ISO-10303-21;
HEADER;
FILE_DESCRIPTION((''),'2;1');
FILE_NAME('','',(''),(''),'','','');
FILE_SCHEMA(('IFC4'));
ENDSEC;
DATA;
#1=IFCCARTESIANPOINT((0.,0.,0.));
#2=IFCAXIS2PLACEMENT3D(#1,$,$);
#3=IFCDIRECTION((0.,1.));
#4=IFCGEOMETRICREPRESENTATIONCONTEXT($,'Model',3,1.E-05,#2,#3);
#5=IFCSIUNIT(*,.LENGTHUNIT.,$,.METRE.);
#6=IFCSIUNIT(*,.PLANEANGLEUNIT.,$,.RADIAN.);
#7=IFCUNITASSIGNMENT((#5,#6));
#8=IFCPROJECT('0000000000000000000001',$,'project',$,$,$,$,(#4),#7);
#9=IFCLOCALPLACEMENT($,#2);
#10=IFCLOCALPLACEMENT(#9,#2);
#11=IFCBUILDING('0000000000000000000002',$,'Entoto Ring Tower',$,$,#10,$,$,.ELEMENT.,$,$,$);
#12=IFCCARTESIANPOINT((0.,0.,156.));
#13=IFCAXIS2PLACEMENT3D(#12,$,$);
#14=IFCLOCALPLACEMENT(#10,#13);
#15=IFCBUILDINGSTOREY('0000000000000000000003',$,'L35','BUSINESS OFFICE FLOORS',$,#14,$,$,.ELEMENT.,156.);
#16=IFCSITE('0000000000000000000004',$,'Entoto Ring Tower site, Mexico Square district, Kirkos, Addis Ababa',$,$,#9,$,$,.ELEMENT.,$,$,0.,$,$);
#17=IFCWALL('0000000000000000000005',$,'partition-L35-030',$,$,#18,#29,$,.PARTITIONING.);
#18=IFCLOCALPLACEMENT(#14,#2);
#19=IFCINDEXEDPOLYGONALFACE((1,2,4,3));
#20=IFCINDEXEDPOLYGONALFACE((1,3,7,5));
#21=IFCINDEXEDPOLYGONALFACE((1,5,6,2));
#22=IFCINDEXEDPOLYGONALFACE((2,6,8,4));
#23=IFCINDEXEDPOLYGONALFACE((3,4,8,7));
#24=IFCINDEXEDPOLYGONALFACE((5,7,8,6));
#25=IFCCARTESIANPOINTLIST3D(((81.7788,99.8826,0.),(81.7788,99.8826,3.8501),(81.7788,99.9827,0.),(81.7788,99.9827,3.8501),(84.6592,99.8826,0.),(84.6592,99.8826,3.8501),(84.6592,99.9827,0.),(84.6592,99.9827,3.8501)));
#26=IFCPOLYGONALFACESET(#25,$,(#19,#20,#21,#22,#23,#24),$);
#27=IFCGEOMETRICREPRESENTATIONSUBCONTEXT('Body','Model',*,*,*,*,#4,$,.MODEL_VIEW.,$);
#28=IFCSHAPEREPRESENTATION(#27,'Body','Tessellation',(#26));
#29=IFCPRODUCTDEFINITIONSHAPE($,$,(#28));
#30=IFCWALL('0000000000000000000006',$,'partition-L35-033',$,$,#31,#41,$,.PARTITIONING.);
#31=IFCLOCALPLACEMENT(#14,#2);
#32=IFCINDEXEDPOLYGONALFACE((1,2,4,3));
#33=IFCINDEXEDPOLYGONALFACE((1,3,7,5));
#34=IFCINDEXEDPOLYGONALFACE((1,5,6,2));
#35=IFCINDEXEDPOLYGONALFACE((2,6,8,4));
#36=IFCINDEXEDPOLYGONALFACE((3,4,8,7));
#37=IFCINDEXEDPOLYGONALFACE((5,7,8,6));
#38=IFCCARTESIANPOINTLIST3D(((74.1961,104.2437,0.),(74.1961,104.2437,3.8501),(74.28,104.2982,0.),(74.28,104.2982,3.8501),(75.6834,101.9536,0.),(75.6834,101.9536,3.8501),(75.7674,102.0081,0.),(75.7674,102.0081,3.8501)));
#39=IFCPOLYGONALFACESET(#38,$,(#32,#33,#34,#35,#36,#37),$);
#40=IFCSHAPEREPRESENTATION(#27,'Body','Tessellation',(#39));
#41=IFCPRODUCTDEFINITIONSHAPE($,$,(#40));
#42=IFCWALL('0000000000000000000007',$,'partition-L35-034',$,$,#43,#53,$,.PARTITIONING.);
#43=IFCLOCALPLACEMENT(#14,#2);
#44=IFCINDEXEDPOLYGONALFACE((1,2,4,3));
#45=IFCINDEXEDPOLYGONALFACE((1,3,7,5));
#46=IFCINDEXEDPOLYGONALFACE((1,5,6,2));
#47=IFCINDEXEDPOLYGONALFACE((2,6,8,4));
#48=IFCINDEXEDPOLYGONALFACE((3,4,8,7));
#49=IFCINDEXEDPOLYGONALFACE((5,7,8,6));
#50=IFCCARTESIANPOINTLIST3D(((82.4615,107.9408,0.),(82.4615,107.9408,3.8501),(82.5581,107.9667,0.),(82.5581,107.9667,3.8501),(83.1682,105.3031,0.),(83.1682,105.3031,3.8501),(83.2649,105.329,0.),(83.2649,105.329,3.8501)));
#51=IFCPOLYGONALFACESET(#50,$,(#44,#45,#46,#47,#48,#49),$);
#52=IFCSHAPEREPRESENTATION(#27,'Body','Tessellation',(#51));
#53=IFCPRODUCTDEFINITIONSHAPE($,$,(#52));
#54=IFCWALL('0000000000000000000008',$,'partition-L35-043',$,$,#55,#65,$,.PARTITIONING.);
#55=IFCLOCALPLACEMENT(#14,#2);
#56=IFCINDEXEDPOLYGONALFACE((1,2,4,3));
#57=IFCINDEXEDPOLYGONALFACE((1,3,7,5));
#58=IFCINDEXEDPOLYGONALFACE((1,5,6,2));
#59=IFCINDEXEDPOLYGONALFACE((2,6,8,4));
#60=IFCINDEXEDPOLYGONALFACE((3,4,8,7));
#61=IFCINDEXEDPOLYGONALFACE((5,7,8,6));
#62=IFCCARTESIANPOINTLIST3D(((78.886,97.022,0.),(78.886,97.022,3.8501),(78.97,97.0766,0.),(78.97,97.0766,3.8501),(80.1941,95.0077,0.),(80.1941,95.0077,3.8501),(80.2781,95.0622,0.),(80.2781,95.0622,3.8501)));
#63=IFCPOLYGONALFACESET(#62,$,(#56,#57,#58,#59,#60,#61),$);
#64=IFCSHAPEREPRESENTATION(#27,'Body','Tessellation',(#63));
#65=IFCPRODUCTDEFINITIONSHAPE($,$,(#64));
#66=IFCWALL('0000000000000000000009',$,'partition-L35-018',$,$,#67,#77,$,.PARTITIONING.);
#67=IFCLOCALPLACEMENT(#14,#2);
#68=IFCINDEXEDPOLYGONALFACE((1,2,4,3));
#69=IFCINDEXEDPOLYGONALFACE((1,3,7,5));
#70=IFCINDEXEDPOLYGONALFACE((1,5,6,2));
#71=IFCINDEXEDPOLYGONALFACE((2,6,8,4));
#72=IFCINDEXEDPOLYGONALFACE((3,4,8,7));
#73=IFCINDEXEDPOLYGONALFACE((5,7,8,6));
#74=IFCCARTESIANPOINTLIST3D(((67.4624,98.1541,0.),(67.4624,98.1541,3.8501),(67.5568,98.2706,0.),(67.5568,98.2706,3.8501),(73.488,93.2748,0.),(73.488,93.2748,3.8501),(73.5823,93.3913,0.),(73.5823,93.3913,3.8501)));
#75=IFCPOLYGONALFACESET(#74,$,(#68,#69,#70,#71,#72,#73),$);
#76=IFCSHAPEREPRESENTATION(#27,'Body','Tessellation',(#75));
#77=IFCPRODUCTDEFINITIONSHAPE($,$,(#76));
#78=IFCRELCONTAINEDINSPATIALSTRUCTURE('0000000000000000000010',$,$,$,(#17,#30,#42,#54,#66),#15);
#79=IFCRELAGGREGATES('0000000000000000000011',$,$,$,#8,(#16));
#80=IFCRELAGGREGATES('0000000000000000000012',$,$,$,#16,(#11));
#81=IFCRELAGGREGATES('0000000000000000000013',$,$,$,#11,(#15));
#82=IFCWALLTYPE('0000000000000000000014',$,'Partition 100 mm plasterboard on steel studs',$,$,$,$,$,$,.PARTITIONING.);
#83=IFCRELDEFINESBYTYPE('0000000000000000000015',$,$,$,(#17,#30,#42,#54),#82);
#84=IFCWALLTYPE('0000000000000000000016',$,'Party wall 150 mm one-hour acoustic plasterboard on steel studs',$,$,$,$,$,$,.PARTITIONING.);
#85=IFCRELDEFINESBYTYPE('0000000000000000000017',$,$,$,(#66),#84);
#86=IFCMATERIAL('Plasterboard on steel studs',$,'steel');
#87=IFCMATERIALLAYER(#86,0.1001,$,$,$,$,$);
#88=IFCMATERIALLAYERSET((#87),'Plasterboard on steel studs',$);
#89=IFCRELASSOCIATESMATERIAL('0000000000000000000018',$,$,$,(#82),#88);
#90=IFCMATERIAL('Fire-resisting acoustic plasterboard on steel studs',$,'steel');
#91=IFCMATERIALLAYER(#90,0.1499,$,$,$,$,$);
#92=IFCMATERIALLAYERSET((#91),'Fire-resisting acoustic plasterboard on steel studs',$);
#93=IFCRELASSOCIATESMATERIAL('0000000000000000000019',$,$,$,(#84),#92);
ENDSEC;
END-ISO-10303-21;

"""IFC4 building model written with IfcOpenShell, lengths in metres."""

from ifc_helpers import new_model, si_unit, direction, frame, frame_2d, origin, place, context, subcontext, project, spatial, rectangle, extrude, material, layer, layer_set, type_object, element, save


model = new_model("IFC4")

# Units and contexts
model_context = context("Model", 3, precision=1e-05, world=origin(), true_north=direction((0.0, 1.0)))
body_context = subcontext(model_context, "Body", "Model", "MODEL_VIEW")
ifc_project = project(units=[si_unit("LENGTHUNIT", "METRE"), si_unit("PLANEANGLEUNIT", "RADIAN")], contexts=[model_context])

# Site, building, storey
site_placement = place(None, origin())
site = spatial("IfcSite", under=ifc_project, at=site_placement, Name="Entoto Ring Tower site, Mexico Square district, Kirkos, Addis Ababa", CompositionType="ELEMENT", RefElevation=0.0)
building_placement = place(site_placement, origin())
building = spatial("IfcBuilding", under=site, at=building_placement, Name="Entoto Ring Tower", CompositionType="ELEMENT")
storey_placement = place(building_placement, frame((0.0, 0.0, 156.0)))
storey = spatial("IfcBuildingStorey", under=building, at=storey_placement, Name="L35", Description="BUSINESS OFFICE FLOORS", CompositionType="ELEMENT", Elevation=156.0)

# Shared definitions
ifc_material_1 = material(Name="Plasterboard on steel studs", Category="steel")
ifc_layer_1 = layer(ifc_material_1, 0.1001)
ifc_layer_set_1 = layer_set([ifc_layer_1], Name="Plasterboard on steel studs")
wall_type_1 = type_object("IfcWallType", Name="Partition 100 mm plasterboard on steel studs", PredefinedType="PARTITIONING", material=ifc_layer_set_1)

# Walls
wall_1_placement = place(storey_placement, frame((81.7788, 99.9326, 0.0), z_axis=(0.0, 0.0, 1.0), x_axis=(1.0, 0.0, 0.0)))
element("IfcWall", 1, at=wall_1_placement, inside=storey, type_object=wall_type_1, Name="partition-L35-030", PredefinedType="PARTITIONING", context=body_context, shape_type="SweptSolid", body=[
    extrude(rectangle(XDim=2.8804, YDim=0.1001, at=frame_2d((1.4402, 0.0))), origin(), (0.0, 0.0, 1.0), 3.8501),
])
for number, where, z_axis, x_axis, name in (
    (2, (75.7253, 101.981, 0.0), (0.0, 0.0, 1.0), (-0.544674, 0.838648, 0.0), "partition-L35-033"),
    (3, (83.2166, 105.3162, 0.0), (0.0, 0.0, 1.0), (-0.258825, 0.965924, 0.0), "partition-L35-034"),
):
    element("IfcWall", number, at=place(storey_placement, frame(where, z_axis=z_axis, x_axis=x_axis)), inside=storey, type_object=wall_type_1, Name=name, PredefinedType="PARTITIONING", context=body_context, shape_type="SweptSolid", body=[
        extrude(rectangle(XDim=2.7307, YDim=0.1001, at=frame_2d((1.3652, 0.0))), origin(), (0.0, 0.0, 1.0), 3.8501),
    ])
wall_2_placement = place(storey_placement, frame((80.2361, 95.0349, 0.0), z_axis=(0.0, 0.0, 1.0), x_axis=(-0.54462, 0.838683, 0.0)))
element("IfcWall", 4, at=wall_2_placement, inside=storey, type_object=wall_type_1, Name="partition-L35-043", PredefinedType="PARTITIONING", context=body_context, shape_type="SweptSolid", body=[
    extrude(rectangle(XDim=2.4019, YDim=0.1001, at=frame_2d((1.2009, 0.0))), origin(), (0.0, 0.0, 1.0), 3.8501),
])
ifc_material_2 = material(Name="Fire-resisting acoustic plasterboard on steel studs", Category="steel")
ifc_layer_2 = layer(ifc_material_2, 0.1499)
ifc_layer_set_2 = layer_set([ifc_layer_2], Name="Fire-resisting acoustic plasterboard on steel studs")
wall_type_2 = type_object("IfcWallType", Name="Party wall 150 mm one-hour acoustic plasterboard on steel studs", PredefinedType="PARTITIONING", material=ifc_layer_set_2)
wall_3_placement = place(storey_placement, frame((73.5352, 93.333, 0.0), z_axis=(0.0, 0.0, 1.0), x_axis=(-0.77715, 0.629315, 0.0)))
element("IfcWall", 5, at=wall_3_placement, inside=storey, type_object=wall_type_2, Name="partition-L35-018", PredefinedType="PARTITIONING", context=body_context, shape_type="SweptSolid", body=[
    extrude(rectangle(XDim=7.7534, YDim=0.1499, at=frame_2d((3.8767, 0.0))), origin(), (0.0, 0.0, 1.0), 3.8501),
])

save(model, "model.ifc")
